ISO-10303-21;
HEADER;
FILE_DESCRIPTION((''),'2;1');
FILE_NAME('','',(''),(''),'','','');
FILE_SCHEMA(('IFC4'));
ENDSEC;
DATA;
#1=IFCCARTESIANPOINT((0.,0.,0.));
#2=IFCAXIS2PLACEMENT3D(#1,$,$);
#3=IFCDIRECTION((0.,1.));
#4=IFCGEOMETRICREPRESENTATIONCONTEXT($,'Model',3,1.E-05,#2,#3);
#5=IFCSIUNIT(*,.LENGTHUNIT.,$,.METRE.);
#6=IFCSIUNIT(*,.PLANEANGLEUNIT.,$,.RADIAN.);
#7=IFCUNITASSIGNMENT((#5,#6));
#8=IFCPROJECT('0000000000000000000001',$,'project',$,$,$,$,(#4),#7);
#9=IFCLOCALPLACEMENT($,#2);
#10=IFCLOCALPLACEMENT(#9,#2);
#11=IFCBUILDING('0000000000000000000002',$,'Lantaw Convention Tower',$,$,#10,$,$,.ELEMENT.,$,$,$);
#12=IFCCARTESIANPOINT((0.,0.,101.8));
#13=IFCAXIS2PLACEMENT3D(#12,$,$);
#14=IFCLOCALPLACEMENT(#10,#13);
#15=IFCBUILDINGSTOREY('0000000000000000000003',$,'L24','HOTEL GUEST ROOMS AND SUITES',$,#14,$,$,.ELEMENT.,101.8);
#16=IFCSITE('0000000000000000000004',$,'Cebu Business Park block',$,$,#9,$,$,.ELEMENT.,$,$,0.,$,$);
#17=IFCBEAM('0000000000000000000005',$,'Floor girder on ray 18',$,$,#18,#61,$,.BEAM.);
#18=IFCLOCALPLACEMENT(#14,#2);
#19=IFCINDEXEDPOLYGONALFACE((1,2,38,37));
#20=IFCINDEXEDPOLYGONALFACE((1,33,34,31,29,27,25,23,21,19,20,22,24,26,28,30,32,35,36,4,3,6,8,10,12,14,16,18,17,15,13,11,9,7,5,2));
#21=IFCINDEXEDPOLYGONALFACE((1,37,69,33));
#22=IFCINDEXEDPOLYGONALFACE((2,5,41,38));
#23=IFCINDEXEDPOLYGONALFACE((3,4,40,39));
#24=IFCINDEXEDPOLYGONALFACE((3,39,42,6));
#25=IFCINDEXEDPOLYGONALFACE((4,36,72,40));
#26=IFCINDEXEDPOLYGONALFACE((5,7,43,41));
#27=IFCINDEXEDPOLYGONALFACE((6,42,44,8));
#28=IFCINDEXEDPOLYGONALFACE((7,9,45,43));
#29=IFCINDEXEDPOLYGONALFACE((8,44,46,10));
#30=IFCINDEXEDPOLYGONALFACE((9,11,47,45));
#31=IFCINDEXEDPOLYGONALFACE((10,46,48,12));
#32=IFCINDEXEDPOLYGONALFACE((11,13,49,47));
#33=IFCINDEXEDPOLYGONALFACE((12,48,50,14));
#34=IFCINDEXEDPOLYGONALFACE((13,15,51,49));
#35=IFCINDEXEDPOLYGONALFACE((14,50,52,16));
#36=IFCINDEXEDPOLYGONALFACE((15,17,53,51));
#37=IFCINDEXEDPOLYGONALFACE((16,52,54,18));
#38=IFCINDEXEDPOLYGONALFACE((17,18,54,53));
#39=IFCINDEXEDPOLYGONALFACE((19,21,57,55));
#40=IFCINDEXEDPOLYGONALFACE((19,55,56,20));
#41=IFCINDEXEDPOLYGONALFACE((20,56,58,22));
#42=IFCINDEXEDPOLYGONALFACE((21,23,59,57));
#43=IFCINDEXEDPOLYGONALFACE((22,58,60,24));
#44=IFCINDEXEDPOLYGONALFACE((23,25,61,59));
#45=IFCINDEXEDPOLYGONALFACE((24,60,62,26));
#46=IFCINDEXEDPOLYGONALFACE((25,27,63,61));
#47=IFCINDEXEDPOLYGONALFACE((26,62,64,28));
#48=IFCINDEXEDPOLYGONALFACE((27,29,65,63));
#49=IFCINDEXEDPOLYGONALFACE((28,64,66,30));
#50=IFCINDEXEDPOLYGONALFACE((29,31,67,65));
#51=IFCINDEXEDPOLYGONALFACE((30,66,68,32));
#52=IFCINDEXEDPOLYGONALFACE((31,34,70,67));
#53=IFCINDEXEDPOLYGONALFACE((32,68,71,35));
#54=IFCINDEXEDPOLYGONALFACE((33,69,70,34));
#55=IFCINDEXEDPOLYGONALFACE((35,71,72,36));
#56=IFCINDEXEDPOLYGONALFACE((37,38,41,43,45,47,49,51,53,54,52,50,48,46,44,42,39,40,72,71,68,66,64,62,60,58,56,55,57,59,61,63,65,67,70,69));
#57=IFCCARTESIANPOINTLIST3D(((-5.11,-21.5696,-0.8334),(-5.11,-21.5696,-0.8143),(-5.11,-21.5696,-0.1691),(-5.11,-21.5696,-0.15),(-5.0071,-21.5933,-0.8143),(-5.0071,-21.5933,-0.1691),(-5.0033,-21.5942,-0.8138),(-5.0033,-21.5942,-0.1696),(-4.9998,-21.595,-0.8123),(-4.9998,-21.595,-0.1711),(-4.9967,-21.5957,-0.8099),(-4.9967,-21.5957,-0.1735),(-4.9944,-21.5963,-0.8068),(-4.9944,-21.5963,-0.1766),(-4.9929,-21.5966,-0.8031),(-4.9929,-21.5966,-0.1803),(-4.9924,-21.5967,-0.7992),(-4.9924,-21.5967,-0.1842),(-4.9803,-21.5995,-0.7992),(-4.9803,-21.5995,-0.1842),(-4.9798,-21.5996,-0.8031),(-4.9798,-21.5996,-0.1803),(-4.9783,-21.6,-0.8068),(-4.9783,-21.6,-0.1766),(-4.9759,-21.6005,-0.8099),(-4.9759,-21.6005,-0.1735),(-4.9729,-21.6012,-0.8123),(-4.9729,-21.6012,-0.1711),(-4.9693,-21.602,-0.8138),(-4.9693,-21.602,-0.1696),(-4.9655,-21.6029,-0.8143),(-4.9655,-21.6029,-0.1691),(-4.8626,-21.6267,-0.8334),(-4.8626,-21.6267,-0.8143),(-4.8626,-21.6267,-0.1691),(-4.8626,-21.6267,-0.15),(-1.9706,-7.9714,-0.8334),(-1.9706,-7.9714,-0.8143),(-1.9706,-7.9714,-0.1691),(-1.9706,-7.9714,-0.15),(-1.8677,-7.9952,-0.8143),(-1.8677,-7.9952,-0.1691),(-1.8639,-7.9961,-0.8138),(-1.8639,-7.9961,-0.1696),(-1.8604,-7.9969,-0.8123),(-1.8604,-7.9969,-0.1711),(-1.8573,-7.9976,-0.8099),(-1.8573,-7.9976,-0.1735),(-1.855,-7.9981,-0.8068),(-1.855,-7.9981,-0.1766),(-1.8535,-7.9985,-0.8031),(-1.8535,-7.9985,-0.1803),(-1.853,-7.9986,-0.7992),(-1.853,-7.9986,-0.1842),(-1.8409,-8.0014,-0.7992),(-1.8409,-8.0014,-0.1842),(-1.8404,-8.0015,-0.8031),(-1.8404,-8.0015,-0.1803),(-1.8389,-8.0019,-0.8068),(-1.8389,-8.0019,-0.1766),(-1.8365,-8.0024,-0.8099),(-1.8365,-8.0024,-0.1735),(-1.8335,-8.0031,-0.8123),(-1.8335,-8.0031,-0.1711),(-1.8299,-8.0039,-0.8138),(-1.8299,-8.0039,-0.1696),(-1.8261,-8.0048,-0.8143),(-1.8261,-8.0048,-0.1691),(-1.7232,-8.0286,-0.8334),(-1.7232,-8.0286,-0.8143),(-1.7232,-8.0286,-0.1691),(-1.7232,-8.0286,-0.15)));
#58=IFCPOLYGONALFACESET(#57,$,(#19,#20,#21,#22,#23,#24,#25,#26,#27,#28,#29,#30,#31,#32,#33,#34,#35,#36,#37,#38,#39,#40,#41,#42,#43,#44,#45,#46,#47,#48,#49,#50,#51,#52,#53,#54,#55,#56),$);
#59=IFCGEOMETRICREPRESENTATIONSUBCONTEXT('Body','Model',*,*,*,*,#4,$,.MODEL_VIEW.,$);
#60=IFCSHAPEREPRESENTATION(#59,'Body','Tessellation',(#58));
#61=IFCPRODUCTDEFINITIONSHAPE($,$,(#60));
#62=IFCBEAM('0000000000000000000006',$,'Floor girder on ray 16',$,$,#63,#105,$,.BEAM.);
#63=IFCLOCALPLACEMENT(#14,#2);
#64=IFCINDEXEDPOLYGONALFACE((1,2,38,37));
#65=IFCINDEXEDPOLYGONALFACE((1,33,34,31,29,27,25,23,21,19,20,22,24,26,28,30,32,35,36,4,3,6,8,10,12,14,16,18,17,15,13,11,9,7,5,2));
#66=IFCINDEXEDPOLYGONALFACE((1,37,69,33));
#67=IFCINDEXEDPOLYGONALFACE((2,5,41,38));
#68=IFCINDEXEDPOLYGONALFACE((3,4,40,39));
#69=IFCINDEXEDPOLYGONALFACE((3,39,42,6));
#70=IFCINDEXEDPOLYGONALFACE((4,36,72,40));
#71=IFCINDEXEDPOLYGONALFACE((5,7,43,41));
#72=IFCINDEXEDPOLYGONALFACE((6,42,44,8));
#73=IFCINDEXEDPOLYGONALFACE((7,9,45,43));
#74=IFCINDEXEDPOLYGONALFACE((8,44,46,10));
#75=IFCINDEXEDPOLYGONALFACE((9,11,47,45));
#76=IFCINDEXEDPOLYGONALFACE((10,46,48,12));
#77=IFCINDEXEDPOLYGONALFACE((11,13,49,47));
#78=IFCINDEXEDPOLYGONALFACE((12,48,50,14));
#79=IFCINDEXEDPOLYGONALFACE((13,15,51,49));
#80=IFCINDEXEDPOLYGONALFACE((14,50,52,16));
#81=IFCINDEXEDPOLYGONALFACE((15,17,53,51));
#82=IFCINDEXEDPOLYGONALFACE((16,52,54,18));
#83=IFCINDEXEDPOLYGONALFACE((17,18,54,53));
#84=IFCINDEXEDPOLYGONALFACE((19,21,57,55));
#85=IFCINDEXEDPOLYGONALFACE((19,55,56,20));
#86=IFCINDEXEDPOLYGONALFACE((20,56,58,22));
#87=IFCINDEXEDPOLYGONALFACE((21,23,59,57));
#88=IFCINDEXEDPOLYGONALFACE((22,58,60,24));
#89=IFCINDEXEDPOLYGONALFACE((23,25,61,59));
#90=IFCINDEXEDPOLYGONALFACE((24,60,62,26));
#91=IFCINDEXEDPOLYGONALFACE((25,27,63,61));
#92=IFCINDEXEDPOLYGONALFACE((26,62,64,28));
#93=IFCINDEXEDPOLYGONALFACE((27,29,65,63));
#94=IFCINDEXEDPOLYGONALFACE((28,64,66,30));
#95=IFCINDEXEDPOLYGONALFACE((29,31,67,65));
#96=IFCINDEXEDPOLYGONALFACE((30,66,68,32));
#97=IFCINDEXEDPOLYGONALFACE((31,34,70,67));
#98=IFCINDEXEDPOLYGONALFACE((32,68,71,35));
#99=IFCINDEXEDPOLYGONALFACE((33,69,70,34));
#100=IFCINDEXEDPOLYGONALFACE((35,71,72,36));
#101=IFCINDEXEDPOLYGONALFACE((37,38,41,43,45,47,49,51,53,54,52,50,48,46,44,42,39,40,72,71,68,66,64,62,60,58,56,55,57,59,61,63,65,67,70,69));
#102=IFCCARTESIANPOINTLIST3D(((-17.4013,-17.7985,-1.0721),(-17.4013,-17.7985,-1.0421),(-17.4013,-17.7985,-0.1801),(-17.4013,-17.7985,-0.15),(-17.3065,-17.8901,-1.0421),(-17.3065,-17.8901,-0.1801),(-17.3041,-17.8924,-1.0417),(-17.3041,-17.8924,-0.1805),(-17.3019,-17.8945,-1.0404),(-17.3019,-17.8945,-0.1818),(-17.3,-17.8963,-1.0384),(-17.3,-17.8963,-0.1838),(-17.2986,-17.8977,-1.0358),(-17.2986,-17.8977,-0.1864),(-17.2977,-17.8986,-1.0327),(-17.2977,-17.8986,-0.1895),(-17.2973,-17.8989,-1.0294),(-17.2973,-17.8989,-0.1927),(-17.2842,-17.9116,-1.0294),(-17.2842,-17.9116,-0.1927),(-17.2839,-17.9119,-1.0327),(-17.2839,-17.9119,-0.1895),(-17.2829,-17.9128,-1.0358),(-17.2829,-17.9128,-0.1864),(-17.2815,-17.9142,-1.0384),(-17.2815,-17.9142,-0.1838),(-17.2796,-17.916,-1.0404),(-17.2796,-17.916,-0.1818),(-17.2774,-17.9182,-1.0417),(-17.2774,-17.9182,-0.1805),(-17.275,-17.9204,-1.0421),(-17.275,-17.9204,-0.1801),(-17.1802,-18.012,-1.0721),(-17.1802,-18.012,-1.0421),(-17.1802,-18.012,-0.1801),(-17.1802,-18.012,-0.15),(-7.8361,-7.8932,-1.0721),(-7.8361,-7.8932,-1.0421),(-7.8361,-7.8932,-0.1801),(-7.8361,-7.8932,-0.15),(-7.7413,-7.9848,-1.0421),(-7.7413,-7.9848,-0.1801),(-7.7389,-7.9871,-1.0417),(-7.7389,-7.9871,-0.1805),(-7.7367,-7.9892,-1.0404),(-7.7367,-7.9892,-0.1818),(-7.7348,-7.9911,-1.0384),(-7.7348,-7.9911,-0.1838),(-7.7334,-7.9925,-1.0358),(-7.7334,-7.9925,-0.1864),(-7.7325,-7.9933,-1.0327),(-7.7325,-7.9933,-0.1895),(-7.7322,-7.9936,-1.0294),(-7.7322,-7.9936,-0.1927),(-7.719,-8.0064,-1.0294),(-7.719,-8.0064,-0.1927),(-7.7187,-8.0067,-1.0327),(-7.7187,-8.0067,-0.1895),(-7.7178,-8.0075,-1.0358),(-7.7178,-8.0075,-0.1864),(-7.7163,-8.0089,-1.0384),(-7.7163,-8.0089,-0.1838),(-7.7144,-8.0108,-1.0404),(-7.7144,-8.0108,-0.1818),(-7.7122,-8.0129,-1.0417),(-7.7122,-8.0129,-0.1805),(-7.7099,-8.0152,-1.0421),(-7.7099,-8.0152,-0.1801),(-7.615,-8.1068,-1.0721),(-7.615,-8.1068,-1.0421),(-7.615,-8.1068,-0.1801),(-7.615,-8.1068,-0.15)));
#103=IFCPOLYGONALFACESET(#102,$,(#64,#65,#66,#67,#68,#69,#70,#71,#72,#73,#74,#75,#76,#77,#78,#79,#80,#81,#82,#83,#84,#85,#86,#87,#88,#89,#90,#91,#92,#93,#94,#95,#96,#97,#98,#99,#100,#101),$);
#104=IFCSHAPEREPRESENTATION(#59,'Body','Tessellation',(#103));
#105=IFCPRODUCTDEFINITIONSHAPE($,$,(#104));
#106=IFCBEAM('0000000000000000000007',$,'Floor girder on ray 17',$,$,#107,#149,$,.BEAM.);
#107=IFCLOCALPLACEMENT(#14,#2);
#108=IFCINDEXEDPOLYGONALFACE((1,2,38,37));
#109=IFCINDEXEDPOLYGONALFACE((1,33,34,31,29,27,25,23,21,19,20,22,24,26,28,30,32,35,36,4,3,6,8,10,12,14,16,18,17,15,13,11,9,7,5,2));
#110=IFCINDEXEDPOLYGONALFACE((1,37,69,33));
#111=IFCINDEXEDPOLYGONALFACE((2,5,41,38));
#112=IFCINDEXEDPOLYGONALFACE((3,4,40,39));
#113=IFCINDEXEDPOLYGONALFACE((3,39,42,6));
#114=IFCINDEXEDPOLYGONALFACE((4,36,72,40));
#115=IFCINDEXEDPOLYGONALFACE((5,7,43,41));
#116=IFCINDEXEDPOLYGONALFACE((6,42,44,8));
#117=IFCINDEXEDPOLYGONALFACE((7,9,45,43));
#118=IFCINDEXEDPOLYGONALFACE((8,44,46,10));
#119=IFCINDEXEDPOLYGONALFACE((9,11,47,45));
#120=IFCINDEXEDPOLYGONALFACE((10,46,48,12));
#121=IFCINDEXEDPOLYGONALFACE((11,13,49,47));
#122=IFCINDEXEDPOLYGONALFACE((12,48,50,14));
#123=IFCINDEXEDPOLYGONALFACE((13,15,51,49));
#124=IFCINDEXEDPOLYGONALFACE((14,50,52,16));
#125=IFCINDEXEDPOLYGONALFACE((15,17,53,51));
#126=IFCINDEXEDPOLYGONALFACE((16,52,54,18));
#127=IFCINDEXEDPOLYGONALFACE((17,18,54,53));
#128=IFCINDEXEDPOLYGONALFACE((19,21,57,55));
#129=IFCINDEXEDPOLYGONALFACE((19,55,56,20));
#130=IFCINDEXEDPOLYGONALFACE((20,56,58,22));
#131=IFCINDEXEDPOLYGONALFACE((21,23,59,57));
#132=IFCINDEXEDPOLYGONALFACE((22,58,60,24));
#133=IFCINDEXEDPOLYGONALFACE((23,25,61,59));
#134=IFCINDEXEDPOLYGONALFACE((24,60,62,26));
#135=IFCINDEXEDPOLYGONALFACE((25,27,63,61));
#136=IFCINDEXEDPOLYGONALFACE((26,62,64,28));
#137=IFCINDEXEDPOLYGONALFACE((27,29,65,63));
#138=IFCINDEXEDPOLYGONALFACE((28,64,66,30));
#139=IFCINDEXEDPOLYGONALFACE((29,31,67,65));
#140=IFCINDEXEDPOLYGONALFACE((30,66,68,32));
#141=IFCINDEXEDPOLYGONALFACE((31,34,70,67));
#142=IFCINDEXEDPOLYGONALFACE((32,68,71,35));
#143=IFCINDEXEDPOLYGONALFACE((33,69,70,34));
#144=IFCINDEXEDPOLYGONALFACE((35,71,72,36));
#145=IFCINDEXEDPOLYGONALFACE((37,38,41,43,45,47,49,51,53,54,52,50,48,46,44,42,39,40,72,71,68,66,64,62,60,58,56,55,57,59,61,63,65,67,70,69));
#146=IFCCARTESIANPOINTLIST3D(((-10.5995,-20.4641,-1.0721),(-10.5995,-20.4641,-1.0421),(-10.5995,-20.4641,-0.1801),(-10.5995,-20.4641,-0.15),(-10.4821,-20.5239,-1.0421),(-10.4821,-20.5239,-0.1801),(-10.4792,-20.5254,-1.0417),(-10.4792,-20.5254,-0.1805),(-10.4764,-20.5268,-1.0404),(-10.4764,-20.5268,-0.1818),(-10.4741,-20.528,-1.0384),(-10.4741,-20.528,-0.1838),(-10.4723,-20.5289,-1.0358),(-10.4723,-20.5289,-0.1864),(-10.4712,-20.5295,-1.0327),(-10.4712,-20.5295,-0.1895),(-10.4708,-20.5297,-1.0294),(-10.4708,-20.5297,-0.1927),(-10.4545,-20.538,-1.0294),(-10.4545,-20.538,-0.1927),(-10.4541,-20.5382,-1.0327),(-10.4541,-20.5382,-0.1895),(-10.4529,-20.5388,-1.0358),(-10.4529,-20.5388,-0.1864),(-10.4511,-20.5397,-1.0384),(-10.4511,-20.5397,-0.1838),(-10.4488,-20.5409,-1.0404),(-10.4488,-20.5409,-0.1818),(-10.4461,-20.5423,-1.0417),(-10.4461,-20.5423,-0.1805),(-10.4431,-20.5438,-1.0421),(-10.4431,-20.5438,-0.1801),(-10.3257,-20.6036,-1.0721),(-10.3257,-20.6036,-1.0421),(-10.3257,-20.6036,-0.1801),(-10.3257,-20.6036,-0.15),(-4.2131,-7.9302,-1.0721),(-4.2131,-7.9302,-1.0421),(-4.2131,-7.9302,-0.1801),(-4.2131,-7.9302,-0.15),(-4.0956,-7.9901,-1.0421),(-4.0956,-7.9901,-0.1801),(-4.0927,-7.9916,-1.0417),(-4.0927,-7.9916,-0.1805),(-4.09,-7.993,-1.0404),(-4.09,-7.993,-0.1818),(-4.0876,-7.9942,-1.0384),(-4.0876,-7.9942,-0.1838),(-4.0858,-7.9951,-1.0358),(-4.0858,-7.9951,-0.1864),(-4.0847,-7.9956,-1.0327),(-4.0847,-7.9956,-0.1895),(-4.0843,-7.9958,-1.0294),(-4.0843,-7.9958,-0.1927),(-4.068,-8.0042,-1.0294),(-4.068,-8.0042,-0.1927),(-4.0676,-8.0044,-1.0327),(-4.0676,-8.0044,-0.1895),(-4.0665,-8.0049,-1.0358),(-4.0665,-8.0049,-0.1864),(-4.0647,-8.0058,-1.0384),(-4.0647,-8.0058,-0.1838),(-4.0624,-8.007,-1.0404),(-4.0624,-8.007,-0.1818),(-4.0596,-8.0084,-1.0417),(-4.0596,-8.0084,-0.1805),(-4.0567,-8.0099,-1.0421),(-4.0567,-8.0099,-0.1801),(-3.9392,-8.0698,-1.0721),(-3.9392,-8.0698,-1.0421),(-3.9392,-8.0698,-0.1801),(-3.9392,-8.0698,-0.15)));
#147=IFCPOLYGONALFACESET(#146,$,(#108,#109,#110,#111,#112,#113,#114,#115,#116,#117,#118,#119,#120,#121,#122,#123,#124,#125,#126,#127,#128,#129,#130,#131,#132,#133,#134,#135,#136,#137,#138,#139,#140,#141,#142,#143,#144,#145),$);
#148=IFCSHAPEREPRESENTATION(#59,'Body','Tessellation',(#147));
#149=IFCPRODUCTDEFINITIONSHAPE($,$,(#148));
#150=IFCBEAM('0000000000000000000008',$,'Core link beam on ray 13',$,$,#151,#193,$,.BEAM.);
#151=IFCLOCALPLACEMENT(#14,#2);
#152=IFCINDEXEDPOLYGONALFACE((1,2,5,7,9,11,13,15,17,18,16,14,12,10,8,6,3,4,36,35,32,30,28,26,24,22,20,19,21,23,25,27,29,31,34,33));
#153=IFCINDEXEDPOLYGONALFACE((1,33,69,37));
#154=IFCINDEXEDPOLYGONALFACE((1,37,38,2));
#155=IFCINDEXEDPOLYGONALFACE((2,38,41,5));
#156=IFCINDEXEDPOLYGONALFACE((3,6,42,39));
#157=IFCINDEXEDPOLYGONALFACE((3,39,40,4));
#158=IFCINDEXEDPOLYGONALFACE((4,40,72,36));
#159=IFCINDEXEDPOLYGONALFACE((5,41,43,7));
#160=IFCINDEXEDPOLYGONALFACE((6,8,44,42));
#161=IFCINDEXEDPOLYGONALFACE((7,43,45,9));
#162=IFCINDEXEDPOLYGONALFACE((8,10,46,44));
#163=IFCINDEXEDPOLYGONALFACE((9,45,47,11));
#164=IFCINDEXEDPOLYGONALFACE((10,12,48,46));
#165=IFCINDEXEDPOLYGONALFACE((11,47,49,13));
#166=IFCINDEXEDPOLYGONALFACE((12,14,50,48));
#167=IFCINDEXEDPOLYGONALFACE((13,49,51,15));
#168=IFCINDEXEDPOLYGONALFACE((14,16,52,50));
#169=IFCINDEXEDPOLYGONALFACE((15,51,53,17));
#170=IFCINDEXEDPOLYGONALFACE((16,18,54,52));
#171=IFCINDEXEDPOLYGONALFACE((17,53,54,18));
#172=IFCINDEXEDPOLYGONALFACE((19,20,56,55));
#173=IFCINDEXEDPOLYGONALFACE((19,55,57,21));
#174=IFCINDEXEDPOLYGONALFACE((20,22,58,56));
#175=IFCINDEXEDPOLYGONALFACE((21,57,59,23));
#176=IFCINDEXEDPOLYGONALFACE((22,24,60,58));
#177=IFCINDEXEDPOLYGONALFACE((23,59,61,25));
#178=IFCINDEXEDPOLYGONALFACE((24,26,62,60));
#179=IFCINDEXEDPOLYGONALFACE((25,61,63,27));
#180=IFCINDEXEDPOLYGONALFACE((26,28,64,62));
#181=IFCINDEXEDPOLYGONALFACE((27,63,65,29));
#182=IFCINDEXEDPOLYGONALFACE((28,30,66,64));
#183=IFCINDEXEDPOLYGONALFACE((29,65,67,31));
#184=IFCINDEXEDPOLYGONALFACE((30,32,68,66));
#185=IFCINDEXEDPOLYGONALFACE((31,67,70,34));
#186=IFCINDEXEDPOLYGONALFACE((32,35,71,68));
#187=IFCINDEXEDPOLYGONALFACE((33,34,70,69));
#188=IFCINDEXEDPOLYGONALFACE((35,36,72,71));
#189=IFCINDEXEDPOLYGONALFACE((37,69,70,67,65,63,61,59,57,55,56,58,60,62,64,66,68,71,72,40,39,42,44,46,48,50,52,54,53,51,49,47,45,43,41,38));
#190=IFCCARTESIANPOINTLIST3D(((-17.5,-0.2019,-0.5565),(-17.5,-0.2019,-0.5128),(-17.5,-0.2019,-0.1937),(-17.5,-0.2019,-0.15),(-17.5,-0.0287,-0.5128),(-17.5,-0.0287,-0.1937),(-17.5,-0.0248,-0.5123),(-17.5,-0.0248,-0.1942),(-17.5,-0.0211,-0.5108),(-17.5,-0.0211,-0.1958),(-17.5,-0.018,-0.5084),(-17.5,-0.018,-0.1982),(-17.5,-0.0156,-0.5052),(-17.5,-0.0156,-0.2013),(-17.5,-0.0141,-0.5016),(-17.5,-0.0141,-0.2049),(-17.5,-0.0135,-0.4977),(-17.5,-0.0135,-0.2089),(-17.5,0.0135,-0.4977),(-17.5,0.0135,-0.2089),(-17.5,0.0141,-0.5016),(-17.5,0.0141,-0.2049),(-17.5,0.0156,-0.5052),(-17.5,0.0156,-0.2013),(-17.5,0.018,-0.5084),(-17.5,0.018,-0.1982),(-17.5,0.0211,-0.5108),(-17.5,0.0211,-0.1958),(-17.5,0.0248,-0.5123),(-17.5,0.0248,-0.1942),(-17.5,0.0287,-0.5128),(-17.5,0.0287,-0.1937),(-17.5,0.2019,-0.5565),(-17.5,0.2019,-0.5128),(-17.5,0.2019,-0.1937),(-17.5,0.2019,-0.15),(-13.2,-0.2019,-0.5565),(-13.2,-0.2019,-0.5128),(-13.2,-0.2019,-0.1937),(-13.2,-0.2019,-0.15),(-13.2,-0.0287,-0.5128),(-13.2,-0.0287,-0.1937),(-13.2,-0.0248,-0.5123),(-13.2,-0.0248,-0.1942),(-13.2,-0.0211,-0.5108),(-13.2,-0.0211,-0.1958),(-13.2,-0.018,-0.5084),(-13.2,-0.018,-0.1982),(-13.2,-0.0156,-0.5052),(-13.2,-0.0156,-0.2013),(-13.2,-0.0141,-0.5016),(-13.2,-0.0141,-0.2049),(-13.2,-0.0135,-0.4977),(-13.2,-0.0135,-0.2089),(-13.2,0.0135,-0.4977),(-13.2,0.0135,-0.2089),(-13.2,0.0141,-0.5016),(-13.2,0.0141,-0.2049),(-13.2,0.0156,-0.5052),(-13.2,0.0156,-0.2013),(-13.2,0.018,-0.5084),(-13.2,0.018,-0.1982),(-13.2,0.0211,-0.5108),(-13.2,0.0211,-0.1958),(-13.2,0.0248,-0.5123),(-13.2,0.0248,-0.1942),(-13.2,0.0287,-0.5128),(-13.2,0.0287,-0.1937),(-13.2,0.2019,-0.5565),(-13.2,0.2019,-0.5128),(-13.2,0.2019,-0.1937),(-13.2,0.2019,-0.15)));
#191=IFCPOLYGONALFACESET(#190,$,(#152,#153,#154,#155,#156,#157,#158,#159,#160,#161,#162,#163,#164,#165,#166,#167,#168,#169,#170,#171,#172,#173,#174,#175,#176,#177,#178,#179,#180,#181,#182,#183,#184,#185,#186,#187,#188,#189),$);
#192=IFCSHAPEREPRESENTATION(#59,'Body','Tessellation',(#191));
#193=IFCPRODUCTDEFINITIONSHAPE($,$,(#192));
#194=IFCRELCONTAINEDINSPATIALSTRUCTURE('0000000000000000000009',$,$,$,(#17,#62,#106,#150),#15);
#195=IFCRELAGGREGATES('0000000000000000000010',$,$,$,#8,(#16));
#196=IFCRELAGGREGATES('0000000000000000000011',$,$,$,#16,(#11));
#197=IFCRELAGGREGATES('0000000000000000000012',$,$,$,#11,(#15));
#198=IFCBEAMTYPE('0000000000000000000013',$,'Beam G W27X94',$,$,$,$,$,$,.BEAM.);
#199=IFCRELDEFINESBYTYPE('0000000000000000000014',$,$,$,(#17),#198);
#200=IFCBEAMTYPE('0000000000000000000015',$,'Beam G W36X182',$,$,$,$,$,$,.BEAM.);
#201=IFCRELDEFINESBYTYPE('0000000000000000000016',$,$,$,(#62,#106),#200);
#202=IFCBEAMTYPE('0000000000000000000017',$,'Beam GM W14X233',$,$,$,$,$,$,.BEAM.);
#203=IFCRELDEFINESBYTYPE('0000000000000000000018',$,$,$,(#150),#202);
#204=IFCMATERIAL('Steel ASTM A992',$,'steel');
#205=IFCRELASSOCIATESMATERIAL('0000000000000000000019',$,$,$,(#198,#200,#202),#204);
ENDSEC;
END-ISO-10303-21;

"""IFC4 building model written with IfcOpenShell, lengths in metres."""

from ifc_helpers import new_model, si_unit, direction, frame, origin, origin_2d, place, context, subcontext, project, spatial, i_section, extrude, material, material_profile, profile_set, type_object, element, save


model = new_model("IFC4")

# Units and contexts
model_context = context("Model", 3, precision=1e-05, world=origin(), true_north=direction((0.0, 1.0)))
body_context = subcontext(model_context, "Body", "Model", "MODEL_VIEW")
ifc_project = project(units=[si_unit("LENGTHUNIT", "METRE"), si_unit("PLANEANGLEUNIT", "RADIAN")], contexts=[model_context])

# Site, building, storey
site_placement = place(None, origin())
site = spatial("IfcSite", under=ifc_project, at=site_placement, Name="Cebu Business Park block", CompositionType="ELEMENT", RefElevation=0.0)
building_placement = place(site_placement, origin())
building = spatial("IfcBuilding", under=site, at=building_placement, Name="Lantaw Convention Tower", CompositionType="ELEMENT")
storey_placement = place(building_placement, frame((0.0, 0.0, 101.8)))
storey = spatial("IfcBuildingStorey", under=building, at=storey_placement, Name="L24", Description="HOTEL GUEST ROOMS AND SUITES", CompositionType="ELEMENT", Elevation=101.8)

# Beams
ifc_material_1 = material(Name="Steel ASTM A992", Category="steel")
ifc_material_profile_1 = material_profile(ifc_material_1, i_section(OverallWidth=0.2539, OverallDepth=0.6833, WebThickness=0.0125, FlangeThickness=0.019, FilletRadius=0.0151, at=origin_2d()), Name="W27X94")
ifc_profile_set_1 = profile_set([ifc_material_profile_1], Name="Steel ASTM A992")
beam_type_1 = type_object("IfcBeamType", Name="Beam G W27X94", PredefinedType="BEAM", material=ifc_profile_set_1)
beam_1_placement = place(storey_placement, frame((-1.8469, -8.0, -0.4917), z_axis=(-0.224953, -0.97437, 0.0), x_axis=(0.97437, -0.224953, 0.0)))
element("IfcBeam", 1, at=beam_1_placement, inside=storey, type_object=beam_type_1, Name="Floor girder on ray 18", PredefinedType="BEAM", context=body_context, shape_type="SweptSolid", body=[
    extrude(i_section(OverallWidth=0.2539, OverallDepth=0.6833, WebThickness=0.0125, FlangeThickness=0.019, FilletRadius=0.0151, at=origin_2d()), origin(), (0.0, 0.0, 1.0), 13.9558),
])
ifc_material_profile_2 = material_profile(ifc_material_1, i_section(OverallWidth=0.3074, OverallDepth=0.9221, WebThickness=0.0183, FlangeThickness=0.03, FilletRadius=0.0127, at=origin_2d()), Name="W36X182")
ifc_profile_set_2 = profile_set([ifc_material_profile_2], Name="Steel ASTM A992")
beam_type_2 = type_object("IfcBeamType", Name="Beam G W36X182", PredefinedType="BEAM", material=ifc_profile_set_2)
beam_2_placement = place(storey_placement, frame((-7.7256, -8.0, -0.6111), z_axis=(-0.69465, -0.719348, 0.0), x_axis=(0.719348, -0.69465, 0.0)))
element("IfcBeam", 2, at=beam_2_placement, inside=storey, type_object=beam_type_2, Name="Floor girder on ray 16", PredefinedType="BEAM", context=body_context, shape_type="SweptSolid", body=[
    extrude(i_section(OverallWidth=0.3074, OverallDepth=0.9221, WebThickness=0.0183, FlangeThickness=0.03, FilletRadius=0.0127, at=origin_2d()), origin(), (0.0, 0.0, 1.0), 13.7698),
])
beam_3_placement = place(storey_placement, frame((-4.0762, -8.0, -0.6111), z_axis=(-0.453997, -0.891003, 0.0), x_axis=(0.891003, -0.453997, 0.0)))
element("IfcBeam", 3, at=beam_3_placement, inside=storey, type_object=beam_type_2, Name="Floor girder on ray 17", PredefinedType="BEAM", context=body_context, shape_type="SweptSolid", body=[
    extrude(i_section(OverallWidth=0.3074, OverallDepth=0.9221, WebThickness=0.0183, FlangeThickness=0.03, FilletRadius=0.0127, at=origin_2d()), origin(), (0.0, 0.0, 1.0), 14.0671),
])
ifc_material_profile_3 = material_profile(ifc_material_1, i_section(OverallWidth=0.4038, OverallDepth=0.4065, WebThickness=0.0271, FlangeThickness=0.0437, FilletRadius=0.0151, at=origin_2d()), Name="W14X233")
ifc_profile_set_3 = profile_set([ifc_material_profile_3], Name="Steel ASTM A992")
beam_type_3 = type_object("IfcBeamType", Name="Beam GM W14X233", PredefinedType="BEAM", material=ifc_profile_set_3)
beam_4_placement = place(storey_placement, frame((-13.2, 0.0, -0.3533), z_axis=(-1.0, 0.0, 0.0), x_axis=(0.0, -1.0, 0.0)))
element("IfcBeam", 4, at=beam_4_placement, inside=storey, type_object=beam_type_3, Name="Core link beam on ray 13", PredefinedType="BEAM", context=body_context, shape_type="SweptSolid", body=[
    extrude(i_section(OverallWidth=0.4038, OverallDepth=0.4065, WebThickness=0.0271, FlangeThickness=0.0437, FilletRadius=0.0151, at=origin_2d()), origin(), (0.0, 0.0, 1.0), 4.3),
])

save(model, "model.ifc")
